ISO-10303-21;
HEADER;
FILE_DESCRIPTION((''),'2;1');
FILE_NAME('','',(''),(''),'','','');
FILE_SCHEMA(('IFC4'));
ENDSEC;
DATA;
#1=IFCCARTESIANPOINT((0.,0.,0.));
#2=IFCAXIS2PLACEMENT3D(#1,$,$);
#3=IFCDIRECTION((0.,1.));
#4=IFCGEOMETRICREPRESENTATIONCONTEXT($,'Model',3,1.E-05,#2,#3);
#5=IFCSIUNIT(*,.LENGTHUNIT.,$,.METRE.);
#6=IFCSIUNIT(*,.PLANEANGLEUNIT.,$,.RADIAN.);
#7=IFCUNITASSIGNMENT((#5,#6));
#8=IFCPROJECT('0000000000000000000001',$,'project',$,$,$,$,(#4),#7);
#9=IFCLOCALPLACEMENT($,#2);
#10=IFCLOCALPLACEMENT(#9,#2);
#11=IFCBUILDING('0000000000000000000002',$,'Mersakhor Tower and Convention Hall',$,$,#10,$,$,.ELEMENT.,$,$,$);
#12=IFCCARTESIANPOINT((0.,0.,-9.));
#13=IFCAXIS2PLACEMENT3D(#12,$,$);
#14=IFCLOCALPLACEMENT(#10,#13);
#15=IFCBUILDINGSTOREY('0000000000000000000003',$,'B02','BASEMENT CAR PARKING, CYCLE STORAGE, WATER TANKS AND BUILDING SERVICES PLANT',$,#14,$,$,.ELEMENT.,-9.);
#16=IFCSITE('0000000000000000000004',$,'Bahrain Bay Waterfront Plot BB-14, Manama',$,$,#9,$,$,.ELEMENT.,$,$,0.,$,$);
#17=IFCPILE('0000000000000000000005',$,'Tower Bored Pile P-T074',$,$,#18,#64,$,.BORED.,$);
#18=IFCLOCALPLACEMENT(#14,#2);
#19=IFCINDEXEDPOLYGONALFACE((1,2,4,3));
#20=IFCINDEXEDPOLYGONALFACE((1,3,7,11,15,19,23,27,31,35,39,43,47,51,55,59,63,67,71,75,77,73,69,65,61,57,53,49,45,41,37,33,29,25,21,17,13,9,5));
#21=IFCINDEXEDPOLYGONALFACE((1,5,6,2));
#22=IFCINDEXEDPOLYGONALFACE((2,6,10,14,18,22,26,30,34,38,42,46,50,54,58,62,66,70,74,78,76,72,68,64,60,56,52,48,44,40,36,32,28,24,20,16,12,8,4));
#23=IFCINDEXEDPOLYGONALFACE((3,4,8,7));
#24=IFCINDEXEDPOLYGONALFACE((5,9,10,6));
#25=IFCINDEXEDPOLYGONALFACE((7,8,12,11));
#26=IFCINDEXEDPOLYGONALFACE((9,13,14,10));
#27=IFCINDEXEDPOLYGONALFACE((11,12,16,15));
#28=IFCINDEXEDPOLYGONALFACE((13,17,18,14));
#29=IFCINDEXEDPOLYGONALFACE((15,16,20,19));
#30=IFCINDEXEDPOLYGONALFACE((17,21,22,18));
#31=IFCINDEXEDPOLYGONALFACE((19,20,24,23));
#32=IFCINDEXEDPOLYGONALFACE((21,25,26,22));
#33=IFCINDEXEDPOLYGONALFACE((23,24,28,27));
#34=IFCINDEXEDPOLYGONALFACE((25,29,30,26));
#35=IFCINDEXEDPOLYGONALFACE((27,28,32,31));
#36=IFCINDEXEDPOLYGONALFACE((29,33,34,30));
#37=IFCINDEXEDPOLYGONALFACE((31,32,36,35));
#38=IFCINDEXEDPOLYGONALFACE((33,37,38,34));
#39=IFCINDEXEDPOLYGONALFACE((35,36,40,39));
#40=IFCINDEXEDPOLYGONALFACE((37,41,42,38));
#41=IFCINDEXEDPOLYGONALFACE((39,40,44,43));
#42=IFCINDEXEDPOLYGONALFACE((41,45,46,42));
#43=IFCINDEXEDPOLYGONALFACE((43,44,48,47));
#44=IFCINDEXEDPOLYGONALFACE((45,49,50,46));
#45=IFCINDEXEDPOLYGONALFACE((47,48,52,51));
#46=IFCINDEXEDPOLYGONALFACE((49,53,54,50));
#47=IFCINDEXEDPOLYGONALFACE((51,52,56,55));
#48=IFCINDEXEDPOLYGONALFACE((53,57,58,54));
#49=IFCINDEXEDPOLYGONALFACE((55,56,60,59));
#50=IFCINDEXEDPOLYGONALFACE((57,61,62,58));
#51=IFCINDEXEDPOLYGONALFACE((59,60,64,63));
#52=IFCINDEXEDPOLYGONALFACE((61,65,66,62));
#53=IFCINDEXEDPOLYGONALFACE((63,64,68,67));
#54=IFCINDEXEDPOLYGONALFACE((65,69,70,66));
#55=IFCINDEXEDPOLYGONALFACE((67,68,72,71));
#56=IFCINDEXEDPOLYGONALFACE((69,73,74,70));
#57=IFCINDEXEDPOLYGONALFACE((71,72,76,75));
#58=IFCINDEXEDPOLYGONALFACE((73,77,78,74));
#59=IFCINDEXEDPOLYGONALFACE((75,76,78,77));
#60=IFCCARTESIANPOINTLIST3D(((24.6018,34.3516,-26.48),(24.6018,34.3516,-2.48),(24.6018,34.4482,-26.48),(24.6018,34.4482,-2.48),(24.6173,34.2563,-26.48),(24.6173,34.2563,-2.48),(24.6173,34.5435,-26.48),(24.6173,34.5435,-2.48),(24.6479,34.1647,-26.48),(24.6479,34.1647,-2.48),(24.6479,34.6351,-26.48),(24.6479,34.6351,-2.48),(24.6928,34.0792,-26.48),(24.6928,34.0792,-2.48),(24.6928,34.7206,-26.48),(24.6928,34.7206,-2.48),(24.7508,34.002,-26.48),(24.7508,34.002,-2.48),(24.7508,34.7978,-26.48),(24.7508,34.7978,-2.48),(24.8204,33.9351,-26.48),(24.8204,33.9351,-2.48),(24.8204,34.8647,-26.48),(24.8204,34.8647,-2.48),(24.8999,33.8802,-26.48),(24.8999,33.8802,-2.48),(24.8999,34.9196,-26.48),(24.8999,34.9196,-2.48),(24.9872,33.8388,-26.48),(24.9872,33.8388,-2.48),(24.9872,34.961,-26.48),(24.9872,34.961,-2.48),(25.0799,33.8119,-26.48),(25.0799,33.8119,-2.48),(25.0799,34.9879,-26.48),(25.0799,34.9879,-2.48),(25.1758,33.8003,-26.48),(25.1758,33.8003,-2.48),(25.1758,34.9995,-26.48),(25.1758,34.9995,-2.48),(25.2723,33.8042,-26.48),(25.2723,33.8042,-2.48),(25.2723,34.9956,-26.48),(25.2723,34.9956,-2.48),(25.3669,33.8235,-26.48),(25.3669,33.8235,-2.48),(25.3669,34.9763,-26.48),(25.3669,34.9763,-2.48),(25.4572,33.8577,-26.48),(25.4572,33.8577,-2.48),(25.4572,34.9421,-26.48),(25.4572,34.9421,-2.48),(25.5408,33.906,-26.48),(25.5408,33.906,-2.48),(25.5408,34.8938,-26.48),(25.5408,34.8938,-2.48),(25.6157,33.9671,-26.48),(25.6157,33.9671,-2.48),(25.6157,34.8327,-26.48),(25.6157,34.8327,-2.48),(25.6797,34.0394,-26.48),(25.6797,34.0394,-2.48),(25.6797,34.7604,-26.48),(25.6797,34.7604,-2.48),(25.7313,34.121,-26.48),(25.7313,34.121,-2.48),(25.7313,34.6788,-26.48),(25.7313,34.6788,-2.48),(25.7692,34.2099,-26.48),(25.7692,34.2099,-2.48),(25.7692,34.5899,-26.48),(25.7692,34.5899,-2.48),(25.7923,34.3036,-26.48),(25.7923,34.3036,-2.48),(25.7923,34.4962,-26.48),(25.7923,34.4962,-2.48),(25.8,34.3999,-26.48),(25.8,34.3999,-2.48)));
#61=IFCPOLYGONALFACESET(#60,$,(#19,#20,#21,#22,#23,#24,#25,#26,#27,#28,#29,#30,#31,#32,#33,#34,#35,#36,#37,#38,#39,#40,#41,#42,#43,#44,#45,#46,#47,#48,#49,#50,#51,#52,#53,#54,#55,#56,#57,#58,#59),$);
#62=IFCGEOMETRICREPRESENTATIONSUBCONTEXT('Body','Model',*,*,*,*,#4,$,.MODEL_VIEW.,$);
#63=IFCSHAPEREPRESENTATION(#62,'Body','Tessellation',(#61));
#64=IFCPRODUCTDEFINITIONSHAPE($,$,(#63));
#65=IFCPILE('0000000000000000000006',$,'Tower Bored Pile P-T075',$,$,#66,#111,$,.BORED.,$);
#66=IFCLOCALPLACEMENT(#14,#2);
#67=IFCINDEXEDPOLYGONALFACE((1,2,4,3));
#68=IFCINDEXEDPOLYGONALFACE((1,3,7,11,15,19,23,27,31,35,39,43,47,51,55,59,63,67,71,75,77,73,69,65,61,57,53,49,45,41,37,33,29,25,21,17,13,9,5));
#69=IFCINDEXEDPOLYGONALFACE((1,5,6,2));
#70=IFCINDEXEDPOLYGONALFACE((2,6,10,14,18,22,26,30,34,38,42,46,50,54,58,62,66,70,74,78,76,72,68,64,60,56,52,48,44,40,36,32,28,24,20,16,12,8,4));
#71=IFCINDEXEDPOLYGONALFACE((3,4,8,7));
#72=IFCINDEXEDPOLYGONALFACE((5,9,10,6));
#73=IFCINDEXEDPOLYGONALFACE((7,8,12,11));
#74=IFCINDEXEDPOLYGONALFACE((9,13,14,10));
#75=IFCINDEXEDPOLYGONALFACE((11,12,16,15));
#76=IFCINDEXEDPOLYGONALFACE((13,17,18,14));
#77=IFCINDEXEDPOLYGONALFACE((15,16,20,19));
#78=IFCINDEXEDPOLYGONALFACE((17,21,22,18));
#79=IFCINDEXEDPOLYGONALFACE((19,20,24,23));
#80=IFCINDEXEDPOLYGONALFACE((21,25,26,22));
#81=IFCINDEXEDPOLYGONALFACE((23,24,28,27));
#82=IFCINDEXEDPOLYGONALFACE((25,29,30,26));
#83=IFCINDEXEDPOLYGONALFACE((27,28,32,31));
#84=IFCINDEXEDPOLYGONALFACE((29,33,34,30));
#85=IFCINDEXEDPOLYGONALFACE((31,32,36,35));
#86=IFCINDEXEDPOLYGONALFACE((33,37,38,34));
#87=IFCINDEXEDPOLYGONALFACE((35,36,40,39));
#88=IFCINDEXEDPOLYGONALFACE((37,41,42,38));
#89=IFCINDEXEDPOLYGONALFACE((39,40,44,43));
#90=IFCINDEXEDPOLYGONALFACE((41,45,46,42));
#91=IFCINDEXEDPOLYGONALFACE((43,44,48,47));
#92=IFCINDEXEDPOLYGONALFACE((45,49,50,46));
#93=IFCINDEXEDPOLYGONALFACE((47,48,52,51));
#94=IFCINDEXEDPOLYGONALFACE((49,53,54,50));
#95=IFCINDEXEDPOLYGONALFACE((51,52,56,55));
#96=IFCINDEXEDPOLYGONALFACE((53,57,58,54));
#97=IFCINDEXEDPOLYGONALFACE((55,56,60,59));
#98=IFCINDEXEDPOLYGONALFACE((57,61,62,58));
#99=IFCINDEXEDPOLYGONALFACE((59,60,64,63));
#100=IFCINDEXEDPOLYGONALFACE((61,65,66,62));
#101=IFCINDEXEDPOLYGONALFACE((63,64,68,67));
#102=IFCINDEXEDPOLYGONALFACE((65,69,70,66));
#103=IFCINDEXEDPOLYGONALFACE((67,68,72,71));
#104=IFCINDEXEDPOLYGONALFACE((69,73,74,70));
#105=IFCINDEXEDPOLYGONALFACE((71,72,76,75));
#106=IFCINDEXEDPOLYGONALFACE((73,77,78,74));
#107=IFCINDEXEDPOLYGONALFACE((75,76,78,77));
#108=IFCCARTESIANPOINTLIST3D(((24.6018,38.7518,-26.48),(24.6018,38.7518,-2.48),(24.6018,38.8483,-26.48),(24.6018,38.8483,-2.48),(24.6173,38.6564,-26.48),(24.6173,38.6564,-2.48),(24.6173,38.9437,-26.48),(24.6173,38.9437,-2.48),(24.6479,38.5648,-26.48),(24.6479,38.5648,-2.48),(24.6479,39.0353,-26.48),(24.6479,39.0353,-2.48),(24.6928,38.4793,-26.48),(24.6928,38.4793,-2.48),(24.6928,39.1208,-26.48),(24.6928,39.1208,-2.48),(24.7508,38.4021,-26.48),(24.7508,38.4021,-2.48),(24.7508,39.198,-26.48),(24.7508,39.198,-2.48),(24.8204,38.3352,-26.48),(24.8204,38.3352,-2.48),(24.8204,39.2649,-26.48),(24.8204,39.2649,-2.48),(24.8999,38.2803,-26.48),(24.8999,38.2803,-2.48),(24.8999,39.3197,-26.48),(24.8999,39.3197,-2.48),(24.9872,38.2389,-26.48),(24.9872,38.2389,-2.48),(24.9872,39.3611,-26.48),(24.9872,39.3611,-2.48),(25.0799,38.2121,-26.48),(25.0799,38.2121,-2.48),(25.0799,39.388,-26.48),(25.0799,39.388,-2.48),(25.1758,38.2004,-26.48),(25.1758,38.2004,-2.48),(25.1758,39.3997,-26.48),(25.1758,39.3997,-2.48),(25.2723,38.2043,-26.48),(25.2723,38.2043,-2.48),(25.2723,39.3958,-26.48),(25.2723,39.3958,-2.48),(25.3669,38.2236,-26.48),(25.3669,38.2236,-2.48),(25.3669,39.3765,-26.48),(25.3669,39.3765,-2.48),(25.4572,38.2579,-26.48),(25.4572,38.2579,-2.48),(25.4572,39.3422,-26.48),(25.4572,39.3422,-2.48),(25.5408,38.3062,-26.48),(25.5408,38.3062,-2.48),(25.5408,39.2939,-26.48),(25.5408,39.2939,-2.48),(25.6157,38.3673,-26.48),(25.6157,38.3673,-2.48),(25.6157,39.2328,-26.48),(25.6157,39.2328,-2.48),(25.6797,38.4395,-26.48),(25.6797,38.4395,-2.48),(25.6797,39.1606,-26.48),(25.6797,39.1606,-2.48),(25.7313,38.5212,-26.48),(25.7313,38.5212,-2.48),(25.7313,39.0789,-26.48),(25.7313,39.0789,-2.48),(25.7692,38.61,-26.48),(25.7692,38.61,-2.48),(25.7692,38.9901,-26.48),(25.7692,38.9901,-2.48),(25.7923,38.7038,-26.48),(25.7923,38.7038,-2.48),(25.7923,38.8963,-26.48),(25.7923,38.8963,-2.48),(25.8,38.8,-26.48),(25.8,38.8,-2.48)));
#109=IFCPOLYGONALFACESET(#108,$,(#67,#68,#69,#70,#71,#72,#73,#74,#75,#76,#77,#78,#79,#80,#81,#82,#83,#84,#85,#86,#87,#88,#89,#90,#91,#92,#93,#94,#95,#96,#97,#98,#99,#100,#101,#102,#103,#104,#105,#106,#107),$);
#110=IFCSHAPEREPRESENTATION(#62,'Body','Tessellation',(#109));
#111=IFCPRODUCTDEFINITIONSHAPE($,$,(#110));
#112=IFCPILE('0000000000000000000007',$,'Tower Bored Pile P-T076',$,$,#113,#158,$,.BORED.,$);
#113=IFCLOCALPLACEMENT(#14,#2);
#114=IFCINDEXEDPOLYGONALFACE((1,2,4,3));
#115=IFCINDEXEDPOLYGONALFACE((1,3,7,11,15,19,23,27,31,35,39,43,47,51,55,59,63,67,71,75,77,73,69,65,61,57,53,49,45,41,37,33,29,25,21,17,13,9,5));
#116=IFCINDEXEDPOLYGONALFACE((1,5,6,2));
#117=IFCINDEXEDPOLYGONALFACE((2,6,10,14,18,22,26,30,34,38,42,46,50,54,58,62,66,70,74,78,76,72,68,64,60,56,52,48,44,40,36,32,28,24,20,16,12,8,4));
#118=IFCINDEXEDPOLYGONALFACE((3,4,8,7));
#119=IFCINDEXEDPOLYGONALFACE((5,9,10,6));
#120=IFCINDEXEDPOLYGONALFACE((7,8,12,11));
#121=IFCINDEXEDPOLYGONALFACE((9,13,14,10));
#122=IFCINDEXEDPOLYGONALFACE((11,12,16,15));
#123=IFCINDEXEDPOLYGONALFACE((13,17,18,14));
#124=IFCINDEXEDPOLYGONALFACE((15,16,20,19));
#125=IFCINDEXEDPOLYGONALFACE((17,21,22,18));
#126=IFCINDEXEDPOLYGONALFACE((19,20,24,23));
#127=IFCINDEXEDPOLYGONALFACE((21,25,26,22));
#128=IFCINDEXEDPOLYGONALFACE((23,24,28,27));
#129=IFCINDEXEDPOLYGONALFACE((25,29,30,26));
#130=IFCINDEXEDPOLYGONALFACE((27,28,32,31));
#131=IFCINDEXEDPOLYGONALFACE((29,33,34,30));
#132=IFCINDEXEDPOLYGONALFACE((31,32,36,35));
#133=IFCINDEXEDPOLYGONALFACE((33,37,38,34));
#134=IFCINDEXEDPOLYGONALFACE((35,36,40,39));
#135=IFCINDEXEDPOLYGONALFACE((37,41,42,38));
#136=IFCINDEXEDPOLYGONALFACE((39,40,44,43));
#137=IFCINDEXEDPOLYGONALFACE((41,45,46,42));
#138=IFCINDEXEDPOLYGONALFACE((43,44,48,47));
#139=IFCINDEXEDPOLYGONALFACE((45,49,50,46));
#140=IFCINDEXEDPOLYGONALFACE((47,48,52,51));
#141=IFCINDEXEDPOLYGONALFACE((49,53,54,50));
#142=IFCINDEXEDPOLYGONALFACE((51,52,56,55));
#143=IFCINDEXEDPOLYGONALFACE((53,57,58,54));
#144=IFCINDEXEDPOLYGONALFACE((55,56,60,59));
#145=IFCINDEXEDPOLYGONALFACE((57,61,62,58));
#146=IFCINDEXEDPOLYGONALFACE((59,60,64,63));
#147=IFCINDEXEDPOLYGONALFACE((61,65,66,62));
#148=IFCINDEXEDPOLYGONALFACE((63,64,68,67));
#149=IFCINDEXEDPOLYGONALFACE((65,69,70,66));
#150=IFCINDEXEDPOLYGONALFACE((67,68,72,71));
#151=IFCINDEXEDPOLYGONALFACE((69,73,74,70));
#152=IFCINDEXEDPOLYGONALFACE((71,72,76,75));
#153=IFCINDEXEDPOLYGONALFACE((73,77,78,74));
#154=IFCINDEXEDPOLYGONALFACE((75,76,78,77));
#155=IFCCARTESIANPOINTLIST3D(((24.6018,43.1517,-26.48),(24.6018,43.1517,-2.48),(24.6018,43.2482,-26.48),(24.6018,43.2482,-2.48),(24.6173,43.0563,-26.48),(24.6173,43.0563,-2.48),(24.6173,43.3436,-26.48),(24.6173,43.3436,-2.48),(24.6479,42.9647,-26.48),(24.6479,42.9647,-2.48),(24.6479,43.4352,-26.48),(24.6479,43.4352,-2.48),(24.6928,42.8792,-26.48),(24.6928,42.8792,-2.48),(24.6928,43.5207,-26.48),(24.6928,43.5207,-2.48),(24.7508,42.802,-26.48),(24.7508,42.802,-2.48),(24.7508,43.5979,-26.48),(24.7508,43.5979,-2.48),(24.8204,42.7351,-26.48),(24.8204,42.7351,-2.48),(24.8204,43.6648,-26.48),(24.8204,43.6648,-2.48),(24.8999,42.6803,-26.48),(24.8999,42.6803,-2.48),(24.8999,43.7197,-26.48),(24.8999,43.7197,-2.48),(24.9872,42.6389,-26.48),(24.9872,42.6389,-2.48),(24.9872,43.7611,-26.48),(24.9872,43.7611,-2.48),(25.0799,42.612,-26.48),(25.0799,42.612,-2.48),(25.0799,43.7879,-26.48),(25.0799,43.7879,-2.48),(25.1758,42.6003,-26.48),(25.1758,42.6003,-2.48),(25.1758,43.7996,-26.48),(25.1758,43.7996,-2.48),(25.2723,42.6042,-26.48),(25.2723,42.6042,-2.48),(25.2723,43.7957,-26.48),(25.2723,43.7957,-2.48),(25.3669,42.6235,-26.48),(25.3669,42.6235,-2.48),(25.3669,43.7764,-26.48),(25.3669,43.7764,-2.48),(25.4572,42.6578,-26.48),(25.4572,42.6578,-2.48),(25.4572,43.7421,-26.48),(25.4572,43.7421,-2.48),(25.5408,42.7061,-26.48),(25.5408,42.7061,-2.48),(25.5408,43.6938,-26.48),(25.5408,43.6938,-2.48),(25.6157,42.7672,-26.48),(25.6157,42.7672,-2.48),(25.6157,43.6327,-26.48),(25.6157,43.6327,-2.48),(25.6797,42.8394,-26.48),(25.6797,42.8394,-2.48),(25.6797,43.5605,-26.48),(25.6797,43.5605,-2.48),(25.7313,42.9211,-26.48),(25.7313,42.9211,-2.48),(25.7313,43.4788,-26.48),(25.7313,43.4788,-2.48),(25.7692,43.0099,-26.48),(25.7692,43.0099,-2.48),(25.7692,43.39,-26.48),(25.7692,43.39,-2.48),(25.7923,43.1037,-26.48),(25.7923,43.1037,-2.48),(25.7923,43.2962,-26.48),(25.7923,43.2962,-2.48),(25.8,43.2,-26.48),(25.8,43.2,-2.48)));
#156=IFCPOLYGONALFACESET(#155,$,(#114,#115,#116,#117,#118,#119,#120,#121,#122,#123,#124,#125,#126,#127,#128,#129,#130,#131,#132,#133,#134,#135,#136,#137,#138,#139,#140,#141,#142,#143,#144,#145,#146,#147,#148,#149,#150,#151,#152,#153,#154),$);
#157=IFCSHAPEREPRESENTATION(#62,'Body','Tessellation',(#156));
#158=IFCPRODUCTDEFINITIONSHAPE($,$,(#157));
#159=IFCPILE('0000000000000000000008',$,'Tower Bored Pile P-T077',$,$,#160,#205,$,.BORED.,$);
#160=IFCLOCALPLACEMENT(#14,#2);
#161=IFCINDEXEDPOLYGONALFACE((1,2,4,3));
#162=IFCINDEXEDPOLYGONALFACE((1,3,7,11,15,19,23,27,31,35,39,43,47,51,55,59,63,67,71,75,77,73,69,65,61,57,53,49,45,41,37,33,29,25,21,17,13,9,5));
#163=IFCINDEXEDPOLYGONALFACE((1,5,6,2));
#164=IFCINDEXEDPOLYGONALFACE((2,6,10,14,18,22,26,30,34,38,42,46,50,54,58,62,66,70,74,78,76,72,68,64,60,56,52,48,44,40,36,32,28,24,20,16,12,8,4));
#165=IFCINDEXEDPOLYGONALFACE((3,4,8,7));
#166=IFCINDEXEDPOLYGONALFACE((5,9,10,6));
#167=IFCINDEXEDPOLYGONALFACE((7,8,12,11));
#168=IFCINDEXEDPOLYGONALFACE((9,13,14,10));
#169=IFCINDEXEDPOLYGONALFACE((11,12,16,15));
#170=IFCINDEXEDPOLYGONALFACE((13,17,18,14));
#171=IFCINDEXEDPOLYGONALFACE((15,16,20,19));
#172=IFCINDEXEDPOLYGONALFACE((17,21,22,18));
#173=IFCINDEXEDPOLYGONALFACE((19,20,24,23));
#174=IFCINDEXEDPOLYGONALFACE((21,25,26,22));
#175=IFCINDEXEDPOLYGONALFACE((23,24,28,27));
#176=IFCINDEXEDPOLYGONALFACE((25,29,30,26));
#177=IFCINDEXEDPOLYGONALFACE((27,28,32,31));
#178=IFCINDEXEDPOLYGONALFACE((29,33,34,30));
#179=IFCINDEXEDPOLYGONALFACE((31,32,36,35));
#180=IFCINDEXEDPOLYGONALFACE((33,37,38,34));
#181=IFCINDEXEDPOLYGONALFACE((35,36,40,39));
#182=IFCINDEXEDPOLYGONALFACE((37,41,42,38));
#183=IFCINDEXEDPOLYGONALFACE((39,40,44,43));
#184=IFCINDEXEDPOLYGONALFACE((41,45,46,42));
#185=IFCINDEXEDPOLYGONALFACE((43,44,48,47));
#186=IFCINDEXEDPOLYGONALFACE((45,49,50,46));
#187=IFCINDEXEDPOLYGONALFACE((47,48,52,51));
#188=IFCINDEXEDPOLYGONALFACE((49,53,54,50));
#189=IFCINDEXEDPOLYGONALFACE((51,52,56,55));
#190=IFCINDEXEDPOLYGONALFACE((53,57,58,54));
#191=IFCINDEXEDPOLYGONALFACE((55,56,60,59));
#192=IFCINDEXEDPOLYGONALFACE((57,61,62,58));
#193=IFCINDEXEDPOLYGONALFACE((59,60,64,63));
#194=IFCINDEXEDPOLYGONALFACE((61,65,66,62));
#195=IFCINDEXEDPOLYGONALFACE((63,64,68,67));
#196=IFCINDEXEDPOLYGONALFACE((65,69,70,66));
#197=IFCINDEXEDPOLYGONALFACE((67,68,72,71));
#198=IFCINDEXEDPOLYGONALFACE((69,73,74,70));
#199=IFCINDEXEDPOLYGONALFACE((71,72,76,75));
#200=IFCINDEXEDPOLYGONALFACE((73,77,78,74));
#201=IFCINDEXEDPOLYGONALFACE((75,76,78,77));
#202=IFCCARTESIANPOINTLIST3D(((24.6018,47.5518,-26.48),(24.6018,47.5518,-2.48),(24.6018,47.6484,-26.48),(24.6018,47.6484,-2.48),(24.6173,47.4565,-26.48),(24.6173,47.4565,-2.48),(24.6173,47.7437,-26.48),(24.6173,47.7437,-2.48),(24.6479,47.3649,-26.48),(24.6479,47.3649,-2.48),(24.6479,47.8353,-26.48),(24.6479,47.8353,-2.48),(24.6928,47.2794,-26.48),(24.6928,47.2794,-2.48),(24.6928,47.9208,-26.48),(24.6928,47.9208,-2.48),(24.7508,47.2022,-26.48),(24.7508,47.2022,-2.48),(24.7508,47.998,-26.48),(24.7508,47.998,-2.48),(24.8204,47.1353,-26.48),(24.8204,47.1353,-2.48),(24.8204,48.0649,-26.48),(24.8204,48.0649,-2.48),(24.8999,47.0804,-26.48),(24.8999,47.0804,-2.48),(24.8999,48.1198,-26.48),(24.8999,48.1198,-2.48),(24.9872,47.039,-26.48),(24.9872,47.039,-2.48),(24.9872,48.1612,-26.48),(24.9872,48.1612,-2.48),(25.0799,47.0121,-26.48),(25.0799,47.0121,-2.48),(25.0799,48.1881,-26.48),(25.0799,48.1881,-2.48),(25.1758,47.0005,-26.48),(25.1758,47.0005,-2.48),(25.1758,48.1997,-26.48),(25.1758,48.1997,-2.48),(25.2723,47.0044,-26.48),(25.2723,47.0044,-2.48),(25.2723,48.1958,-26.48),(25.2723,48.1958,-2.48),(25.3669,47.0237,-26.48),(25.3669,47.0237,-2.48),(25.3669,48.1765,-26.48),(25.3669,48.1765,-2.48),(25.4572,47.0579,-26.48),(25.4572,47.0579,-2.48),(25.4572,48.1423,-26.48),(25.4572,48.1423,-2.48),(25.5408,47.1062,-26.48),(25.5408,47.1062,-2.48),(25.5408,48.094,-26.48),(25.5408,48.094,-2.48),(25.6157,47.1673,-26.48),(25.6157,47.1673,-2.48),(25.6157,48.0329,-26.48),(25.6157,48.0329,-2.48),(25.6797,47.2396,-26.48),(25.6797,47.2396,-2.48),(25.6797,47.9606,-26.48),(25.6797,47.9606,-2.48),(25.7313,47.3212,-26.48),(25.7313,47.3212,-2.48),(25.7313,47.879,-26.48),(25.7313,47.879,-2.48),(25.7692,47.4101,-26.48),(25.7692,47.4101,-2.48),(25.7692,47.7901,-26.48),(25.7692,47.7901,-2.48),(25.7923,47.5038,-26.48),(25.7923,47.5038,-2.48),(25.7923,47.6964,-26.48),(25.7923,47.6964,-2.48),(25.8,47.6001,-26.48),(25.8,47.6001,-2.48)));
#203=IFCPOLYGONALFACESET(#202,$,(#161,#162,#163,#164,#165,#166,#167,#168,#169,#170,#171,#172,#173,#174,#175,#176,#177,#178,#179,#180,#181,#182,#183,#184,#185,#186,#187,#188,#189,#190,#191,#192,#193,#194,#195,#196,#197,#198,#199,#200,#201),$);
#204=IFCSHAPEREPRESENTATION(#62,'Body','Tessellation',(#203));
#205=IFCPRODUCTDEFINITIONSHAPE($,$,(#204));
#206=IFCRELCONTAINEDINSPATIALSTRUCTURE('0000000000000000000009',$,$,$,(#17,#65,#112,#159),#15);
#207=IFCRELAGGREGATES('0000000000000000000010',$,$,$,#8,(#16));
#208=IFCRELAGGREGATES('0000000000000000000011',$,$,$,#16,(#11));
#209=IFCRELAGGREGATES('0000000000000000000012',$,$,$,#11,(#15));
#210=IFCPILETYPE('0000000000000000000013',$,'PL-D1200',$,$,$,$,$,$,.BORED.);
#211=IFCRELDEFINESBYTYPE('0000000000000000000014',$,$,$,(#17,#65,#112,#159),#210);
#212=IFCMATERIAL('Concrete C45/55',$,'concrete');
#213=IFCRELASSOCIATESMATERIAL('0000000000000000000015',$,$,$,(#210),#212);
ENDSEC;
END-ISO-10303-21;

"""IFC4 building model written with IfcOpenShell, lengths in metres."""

from ifc_helpers import new_model, si_unit, direction, frame, origin, origin_2d, place, context, subcontext, project, spatial, circle, extrude, material, material_profile, profile_set, type_object, element, save


model = new_model("IFC4")

# Units and contexts
model_context = context("Model", 3, precision=1e-05, world=origin(), true_north=direction((0.0, 1.0)))
body_context = subcontext(model_context, "Body", "Model", "MODEL_VIEW")
ifc_project = project(units=[si_unit("LENGTHUNIT", "METRE"), si_unit("PLANEANGLEUNIT", "RADIAN")], contexts=[model_context])

# Site, building, storey
site_placement = place(None, origin())
site = spatial("IfcSite", under=ifc_project, at=site_placement, Name="Bahrain Bay Waterfront Plot BB-14, Manama", CompositionType="ELEMENT", RefElevation=0.0)
building_placement = place(site_placement, origin())
building = spatial("IfcBuilding", under=site, at=building_placement, Name="Mersakhor Tower and Convention Hall", CompositionType="ELEMENT")
storey_placement = place(building_placement, frame((0.0, 0.0, -9.0)))
storey = spatial("IfcBuildingStorey", under=building, at=storey_placement, Name="B02", Description="BASEMENT CAR PARKING, CYCLE STORAGE, WATER TANKS AND BUILDING SERVICES PLANT", CompositionType="ELEMENT", Elevation=-9.0)

# Piles
ifc_material_1 = material(Name="Concrete C45/55", Category="concrete")
ifc_material_profile_1 = material_profile(ifc_material_1, circle(Radius=0.6001, at=origin_2d()), Name="PILE D1200")
ifc_profile_set_1 = profile_set([ifc_material_profile_1], Name="Concrete C45/55")
pile_type = type_object("IfcPileType", Name="PL-D1200", PredefinedType="BORED", material=ifc_profile_set_1)
for number, where, z_axis, x_axis, name in (
    (1, (25.2, 34.3999, -2.48), (0.0, 0.0, -1.0), (1.0, 0.0, 0.0), "Tower Bored Pile P-T074"),
    (2, (25.2, 38.8, -2.48), (0.0, 0.0, -1.0), (1.0, 0.0, 0.0), "Tower Bored Pile P-T075"),
    (3, (25.2, 43.2, -2.48), (0.0, 0.0, -1.0), (1.0, 0.0, 0.0), "Tower Bored Pile P-T076"),
    (4, (25.2, 47.6001, -2.48), (0.0, 0.0, -1.0), (1.0, 0.0, 0.0), "Tower Bored Pile P-T077"),
):
    element("IfcPile", number, at=place(storey_placement, frame(where, z_axis=z_axis, x_axis=x_axis)), inside=storey, type_object=pile_type, Name=name, PredefinedType="BORED", context=body_context, shape_type="SweptSolid", body=[
        extrude(circle(Radius=0.6001, at=origin_2d()), origin(), (0.0, 0.0, 1.0), 24.0),
    ])

save(model, "model.ifc")
